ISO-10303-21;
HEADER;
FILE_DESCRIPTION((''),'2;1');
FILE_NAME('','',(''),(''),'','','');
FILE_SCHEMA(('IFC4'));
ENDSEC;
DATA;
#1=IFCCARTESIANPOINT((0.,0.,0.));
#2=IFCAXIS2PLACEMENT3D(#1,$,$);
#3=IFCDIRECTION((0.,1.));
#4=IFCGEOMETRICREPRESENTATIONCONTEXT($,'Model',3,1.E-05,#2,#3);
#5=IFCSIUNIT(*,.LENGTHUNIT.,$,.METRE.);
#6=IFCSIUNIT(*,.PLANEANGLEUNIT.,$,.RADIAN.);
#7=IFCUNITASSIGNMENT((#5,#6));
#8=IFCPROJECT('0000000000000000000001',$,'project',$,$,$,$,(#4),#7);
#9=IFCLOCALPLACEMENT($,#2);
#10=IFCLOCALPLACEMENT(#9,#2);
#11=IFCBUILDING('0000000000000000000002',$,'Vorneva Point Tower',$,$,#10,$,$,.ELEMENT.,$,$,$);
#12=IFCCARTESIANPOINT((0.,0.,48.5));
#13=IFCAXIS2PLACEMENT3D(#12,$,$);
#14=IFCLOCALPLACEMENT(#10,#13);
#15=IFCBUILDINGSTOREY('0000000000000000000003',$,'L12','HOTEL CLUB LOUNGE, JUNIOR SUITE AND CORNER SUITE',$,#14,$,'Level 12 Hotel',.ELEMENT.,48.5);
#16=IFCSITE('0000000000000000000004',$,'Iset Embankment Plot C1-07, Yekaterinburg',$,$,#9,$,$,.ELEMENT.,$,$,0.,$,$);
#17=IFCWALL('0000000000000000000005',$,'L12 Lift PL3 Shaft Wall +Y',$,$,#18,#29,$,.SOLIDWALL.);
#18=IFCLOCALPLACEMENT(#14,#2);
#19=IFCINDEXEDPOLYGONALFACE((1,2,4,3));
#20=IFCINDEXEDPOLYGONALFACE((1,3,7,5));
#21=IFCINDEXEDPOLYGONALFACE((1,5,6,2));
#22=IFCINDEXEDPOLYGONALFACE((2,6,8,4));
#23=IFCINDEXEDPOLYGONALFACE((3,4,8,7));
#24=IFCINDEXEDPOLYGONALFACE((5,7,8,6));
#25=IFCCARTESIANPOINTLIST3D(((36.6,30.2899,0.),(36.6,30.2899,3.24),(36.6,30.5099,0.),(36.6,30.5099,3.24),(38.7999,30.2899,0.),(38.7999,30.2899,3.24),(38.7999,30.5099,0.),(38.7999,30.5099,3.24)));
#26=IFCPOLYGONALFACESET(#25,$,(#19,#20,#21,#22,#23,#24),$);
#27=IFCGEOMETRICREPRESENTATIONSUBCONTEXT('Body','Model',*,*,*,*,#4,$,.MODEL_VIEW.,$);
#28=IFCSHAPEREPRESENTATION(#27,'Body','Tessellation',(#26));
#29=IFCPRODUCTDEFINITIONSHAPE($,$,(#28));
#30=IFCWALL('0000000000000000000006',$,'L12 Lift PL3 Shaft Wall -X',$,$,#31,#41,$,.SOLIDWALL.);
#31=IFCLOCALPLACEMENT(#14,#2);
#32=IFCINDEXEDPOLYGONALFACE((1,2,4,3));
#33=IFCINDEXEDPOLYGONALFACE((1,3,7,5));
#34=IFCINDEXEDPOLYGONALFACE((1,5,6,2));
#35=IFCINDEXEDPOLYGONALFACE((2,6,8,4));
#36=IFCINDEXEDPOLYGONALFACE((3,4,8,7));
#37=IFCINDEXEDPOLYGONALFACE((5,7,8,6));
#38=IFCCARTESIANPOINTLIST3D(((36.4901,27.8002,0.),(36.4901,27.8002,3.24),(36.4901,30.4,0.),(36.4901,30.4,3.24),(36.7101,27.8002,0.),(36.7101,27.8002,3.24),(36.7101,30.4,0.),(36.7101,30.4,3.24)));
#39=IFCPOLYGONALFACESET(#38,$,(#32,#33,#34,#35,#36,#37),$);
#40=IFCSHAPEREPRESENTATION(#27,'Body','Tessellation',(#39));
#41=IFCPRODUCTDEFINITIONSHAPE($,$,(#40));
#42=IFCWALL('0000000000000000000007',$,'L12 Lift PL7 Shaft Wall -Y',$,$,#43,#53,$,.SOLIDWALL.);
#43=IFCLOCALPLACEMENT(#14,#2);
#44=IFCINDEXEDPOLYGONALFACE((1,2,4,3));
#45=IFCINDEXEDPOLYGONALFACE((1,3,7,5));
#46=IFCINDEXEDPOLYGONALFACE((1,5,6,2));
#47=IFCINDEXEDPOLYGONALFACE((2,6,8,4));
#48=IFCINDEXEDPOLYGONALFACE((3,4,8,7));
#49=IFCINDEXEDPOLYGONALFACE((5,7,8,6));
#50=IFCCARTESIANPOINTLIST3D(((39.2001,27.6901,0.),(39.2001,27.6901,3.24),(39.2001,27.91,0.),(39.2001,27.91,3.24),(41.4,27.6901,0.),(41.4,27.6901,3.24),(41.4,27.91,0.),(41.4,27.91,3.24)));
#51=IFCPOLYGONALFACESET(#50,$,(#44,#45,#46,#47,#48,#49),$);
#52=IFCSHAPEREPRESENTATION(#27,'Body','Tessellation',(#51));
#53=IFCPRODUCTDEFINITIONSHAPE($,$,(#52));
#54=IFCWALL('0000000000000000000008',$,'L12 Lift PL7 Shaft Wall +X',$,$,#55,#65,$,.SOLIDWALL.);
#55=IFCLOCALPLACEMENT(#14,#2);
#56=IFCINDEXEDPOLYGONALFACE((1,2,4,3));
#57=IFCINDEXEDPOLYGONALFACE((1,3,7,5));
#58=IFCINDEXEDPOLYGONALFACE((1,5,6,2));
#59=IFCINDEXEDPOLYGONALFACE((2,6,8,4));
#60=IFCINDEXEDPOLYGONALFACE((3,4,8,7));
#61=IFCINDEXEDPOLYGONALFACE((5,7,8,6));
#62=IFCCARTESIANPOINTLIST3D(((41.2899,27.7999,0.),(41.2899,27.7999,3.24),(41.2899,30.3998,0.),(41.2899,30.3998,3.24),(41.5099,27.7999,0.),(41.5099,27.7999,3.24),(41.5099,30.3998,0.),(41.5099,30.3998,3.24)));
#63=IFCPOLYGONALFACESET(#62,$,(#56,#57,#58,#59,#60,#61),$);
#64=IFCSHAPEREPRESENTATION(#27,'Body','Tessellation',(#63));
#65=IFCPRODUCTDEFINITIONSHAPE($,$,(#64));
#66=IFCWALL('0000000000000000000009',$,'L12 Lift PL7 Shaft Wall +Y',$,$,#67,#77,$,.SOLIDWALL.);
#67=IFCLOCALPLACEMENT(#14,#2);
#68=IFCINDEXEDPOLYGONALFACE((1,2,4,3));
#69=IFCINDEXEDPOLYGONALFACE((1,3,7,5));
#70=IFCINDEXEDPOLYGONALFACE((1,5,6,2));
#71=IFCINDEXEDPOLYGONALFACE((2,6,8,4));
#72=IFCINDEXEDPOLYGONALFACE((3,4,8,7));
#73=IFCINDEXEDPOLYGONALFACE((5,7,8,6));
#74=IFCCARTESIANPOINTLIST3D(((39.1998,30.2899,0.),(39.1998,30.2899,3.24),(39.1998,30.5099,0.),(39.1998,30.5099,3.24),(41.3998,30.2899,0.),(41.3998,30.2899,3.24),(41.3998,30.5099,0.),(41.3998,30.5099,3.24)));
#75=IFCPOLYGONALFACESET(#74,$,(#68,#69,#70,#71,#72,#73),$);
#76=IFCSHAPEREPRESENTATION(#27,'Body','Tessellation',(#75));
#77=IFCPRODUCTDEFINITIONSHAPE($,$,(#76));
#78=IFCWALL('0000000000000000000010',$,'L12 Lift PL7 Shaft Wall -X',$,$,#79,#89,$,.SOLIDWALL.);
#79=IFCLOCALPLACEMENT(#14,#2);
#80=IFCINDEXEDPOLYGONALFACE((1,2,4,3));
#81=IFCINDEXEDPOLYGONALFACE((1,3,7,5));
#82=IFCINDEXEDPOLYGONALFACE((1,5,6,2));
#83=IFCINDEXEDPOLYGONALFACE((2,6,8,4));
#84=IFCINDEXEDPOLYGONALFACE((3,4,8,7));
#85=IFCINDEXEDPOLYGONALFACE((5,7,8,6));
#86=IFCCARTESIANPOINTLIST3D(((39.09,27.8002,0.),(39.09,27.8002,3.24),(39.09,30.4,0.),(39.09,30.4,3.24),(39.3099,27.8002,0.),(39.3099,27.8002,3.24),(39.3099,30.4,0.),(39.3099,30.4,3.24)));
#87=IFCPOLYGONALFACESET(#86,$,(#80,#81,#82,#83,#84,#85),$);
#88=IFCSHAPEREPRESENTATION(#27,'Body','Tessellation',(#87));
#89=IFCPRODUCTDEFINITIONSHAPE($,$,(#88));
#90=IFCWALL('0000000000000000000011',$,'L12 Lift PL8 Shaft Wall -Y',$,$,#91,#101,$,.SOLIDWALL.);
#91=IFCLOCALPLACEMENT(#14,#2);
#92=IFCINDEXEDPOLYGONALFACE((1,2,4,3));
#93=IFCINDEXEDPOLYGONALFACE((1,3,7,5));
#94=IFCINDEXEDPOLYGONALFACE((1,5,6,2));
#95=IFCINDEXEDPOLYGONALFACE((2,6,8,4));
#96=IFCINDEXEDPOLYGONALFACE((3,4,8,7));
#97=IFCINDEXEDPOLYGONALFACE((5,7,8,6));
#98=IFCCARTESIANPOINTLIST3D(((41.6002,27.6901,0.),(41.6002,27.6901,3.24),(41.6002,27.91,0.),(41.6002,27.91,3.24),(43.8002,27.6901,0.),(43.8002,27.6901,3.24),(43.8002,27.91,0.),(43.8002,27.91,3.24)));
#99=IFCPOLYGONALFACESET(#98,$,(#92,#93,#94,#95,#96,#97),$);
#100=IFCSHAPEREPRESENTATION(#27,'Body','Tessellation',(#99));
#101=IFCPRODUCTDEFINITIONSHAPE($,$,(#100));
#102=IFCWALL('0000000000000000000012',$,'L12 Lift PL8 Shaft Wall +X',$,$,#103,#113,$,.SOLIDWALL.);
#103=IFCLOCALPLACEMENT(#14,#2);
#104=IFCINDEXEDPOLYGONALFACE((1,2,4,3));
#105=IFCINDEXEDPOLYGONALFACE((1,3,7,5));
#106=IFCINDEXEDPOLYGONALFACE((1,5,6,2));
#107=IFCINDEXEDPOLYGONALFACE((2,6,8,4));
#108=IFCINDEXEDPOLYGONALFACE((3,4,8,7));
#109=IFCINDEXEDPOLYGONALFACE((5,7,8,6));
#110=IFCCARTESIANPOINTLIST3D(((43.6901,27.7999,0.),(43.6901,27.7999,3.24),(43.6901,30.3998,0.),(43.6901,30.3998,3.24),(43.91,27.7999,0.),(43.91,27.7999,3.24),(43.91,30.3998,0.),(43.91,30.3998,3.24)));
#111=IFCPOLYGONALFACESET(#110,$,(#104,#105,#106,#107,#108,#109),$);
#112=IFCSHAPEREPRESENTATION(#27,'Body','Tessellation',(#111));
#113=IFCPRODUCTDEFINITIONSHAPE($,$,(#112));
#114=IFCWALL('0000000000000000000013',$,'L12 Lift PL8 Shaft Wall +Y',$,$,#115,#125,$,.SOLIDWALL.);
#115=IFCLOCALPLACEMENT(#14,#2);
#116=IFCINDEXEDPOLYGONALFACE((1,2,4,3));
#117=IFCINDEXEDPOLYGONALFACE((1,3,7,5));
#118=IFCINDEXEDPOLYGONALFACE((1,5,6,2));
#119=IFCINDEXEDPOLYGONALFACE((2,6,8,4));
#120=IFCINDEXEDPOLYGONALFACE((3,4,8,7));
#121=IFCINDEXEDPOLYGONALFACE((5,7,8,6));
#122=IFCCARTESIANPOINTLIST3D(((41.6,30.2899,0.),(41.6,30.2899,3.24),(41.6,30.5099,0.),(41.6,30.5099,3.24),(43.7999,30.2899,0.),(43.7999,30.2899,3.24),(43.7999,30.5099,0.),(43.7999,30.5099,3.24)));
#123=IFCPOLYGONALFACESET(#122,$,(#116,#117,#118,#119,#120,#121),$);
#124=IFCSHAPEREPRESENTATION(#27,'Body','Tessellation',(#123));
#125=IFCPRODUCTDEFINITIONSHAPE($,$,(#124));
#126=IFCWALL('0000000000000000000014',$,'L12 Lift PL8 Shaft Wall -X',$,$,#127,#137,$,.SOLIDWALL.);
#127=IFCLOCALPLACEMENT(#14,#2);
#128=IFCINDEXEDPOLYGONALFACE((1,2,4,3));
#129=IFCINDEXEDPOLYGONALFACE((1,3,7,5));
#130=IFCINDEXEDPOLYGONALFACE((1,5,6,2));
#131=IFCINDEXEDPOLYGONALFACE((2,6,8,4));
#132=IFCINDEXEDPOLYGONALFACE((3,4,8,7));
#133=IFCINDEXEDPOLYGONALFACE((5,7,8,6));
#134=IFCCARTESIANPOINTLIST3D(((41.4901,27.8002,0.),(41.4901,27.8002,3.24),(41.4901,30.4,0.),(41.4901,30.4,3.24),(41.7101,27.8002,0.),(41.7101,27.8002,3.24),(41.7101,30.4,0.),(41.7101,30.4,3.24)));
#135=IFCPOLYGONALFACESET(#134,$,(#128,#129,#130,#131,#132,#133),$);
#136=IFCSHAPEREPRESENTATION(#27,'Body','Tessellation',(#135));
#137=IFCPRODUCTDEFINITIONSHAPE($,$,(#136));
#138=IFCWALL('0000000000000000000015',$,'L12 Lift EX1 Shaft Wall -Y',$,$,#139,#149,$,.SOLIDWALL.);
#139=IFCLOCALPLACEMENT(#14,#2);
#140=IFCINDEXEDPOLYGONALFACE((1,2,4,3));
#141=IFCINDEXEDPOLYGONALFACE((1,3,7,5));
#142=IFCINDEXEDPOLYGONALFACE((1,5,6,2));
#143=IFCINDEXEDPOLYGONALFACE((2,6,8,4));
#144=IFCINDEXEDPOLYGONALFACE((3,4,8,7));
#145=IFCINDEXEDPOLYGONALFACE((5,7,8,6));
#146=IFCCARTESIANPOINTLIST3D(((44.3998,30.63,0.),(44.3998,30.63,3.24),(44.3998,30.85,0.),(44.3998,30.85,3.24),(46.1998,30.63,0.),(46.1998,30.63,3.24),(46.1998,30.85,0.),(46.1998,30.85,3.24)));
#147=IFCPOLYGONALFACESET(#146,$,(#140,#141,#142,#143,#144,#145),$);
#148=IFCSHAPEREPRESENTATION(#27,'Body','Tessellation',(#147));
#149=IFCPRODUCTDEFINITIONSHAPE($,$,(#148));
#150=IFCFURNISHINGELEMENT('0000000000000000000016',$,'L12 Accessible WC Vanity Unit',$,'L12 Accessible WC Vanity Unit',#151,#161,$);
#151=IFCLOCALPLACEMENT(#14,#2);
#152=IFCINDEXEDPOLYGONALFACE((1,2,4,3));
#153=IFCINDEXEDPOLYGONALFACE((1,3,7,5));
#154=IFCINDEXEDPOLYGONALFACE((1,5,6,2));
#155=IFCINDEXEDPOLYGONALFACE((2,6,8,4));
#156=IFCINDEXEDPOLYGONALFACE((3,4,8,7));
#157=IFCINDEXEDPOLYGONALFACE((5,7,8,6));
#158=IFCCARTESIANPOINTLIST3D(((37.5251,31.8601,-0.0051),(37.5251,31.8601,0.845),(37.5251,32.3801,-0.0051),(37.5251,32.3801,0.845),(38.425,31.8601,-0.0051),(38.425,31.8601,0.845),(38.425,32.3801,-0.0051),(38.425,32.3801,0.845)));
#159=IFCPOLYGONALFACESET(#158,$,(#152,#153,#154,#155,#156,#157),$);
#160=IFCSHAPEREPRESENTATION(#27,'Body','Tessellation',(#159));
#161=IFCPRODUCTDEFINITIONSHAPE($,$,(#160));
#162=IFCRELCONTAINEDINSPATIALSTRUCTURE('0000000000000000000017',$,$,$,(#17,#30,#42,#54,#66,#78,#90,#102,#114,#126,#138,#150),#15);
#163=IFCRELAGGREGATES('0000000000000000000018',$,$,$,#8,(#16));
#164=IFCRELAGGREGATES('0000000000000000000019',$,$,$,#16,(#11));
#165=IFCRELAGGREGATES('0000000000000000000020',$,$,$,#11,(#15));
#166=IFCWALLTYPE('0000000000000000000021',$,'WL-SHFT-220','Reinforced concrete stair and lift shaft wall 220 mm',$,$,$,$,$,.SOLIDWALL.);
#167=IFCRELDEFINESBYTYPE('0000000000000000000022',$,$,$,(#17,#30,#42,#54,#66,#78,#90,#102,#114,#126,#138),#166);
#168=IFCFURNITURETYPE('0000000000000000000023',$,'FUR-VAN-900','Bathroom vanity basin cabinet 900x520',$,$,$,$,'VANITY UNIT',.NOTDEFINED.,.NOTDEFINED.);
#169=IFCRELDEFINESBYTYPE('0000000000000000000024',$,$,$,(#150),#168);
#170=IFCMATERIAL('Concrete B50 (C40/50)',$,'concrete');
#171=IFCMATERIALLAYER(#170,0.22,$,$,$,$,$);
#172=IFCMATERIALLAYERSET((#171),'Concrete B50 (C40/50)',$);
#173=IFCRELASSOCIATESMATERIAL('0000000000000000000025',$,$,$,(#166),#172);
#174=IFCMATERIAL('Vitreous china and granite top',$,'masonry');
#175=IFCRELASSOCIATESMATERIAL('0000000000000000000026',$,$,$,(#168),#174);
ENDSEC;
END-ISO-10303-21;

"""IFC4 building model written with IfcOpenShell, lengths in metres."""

from ifc_helpers import new_model, si_unit, direction, frame, frame_2d, origin, origin_2d, place, context, subcontext, project, spatial, rectangle, extrude, material, layer, layer_set, type_object, element, save


model = new_model("IFC4")

# Units and contexts
model_context = context("Model", 3, precision=1e-05, world=origin(), true_north=direction((0.0, 1.0)))
body_context = subcontext(model_context, "Body", "Model", "MODEL_VIEW")
ifc_project = project(units=[si_unit("LENGTHUNIT", "METRE"), si_unit("PLANEANGLEUNIT", "RADIAN")], contexts=[model_context])

# Site, building, storey
site_placement = place(None, origin())
site = spatial("IfcSite", under=ifc_project, at=site_placement, Name="Iset Embankment Plot C1-07, Yekaterinburg", CompositionType="ELEMENT", RefElevation=0.0)
building_placement = place(site_placement, origin())
building = spatial("IfcBuilding", under=site, at=building_placement, Name="Vorneva Point Tower", CompositionType="ELEMENT")
storey_placement = place(building_placement, frame((0.0, 0.0, 48.5)))
storey = spatial("IfcBuildingStorey", under=building, at=storey_placement, Name="L12", Description="HOTEL CLUB LOUNGE, JUNIOR SUITE AND CORNER SUITE", LongName="Level 12 Hotel", CompositionType="ELEMENT", Elevation=48.5)

# Shared definitions
ifc_material_1 = material(Name="Concrete B50 (C40/50)", Category="concrete")
ifc_layer_1 = layer(ifc_material_1, 0.22)
ifc_layer_set_1 = layer_set([ifc_layer_1], Name="Concrete B50 (C40/50)")
wall_type_1 = type_object("IfcWallType", Name="WL-SHFT-220", Description="Reinforced concrete stair and lift shaft wall 220 mm", PredefinedType="SOLIDWALL", material=ifc_layer_set_1)

# Walls
wall_1_placement = place(storey_placement, frame((38.8, 30.3999, 0.0), z_axis=(0.0, 0.0, 1.0), x_axis=(-1.0, 0.0, 0.0)))
element("IfcWall", 1, at=wall_1_placement, inside=storey, type_object=wall_type_1, Name="L12 Lift PL3 Shaft Wall +Y", PredefinedType="SOLIDWALL", context=body_context, shape_type="SweptSolid", body=[
    extrude(rectangle(XDim=2.2, YDim=0.22, at=frame_2d((1.1001, 0.0))), origin(), (0.0, 0.0, 1.0), 3.24),
])
wall_2_placement = place(storey_placement, frame((36.6001, 30.3999, 0.0), z_axis=(0.0, 0.0, 1.0), x_axis=(0.0, -1.0, 0.0)))
element("IfcWall", 2, at=wall_2_placement, inside=storey, type_object=wall_type_1, Name="L12 Lift PL3 Shaft Wall -X", PredefinedType="SOLIDWALL", context=body_context, shape_type="SweptSolid", body=[
    extrude(rectangle(XDim=2.5999, YDim=0.22, at=frame_2d((1.2998, 0.0))), origin(), (0.0, 0.0, 1.0), 3.24),
])
wall_3_placement = place(storey_placement, frame((39.2, 27.8, 0.0), z_axis=(0.0, 0.0, 1.0), x_axis=(1.0, 0.0, 0.0)))
element("IfcWall", 3, at=wall_3_placement, inside=storey, type_object=wall_type_1, Name="L12 Lift PL7 Shaft Wall -Y", PredefinedType="SOLIDWALL", context=body_context, shape_type="SweptSolid", body=[
    extrude(rectangle(XDim=2.2, YDim=0.22, at=frame_2d((1.1001, 0.0))), origin(), (0.0, 0.0, 1.0), 3.24),
])
wall_4_placement = place(storey_placement, frame((41.3999, 27.8, 0.0), z_axis=(0.0, 0.0, 1.0), x_axis=(0.0, 1.0, 0.0)))
element("IfcWall", 4, at=wall_4_placement, inside=storey, type_object=wall_type_1, Name="L12 Lift PL7 Shaft Wall +X", PredefinedType="SOLIDWALL", context=body_context, shape_type="SweptSolid", body=[
    extrude(rectangle(XDim=2.5999, YDim=0.22, at=frame_2d((1.2998, 0.0))), origin(), (0.0, 0.0, 1.0), 3.24),
])
wall_5_placement = place(storey_placement, frame((41.3999, 30.3999, 0.0), z_axis=(0.0, 0.0, 1.0), x_axis=(-1.0, 0.0, 0.0)))
element("IfcWall", 5, at=wall_5_placement, inside=storey, type_object=wall_type_1, Name="L12 Lift PL7 Shaft Wall +Y", PredefinedType="SOLIDWALL", context=body_context, shape_type="SweptSolid", body=[
    extrude(rectangle(XDim=2.2, YDim=0.22, at=frame_2d((1.1001, 0.0))), origin(), (0.0, 0.0, 1.0), 3.24),
])
wall_6_placement = place(storey_placement, frame((39.2, 30.3999, 0.0), z_axis=(0.0, 0.0, 1.0), x_axis=(0.0, -1.0, 0.0)))
element("IfcWall", 6, at=wall_6_placement, inside=storey, type_object=wall_type_1, Name="L12 Lift PL7 Shaft Wall -X", PredefinedType="SOLIDWALL", context=body_context, shape_type="SweptSolid", body=[
    extrude(rectangle(XDim=2.5999, YDim=0.22, at=frame_2d((1.2998, 0.0))), origin(), (0.0, 0.0, 1.0), 3.24),
])
wall_7_placement = place(storey_placement, frame((41.6001, 27.8, 0.0), z_axis=(0.0, 0.0, 1.0), x_axis=(1.0, 0.0, 0.0)))
element("IfcWall", 7, at=wall_7_placement, inside=storey, type_object=wall_type_1, Name="L12 Lift PL8 Shaft Wall -Y", PredefinedType="SOLIDWALL", context=body_context, shape_type="SweptSolid", body=[
    extrude(rectangle(XDim=2.2, YDim=0.22, at=frame_2d((1.1001, 0.0))), origin(), (0.0, 0.0, 1.0), 3.24),
])
wall_8_placement = place(storey_placement, frame((43.8, 27.8, 0.0), z_axis=(0.0, 0.0, 1.0), x_axis=(0.0, 1.0, 0.0)))
element("IfcWall", 8, at=wall_8_placement, inside=storey, type_object=wall_type_1, Name="L12 Lift PL8 Shaft Wall +X", PredefinedType="SOLIDWALL", context=body_context, shape_type="SweptSolid", body=[
    extrude(rectangle(XDim=2.5999, YDim=0.22, at=frame_2d((1.2998, 0.0))), origin(), (0.0, 0.0, 1.0), 3.24),
])
wall_9_placement = place(storey_placement, frame((43.8, 30.3999, 0.0), z_axis=(0.0, 0.0, 1.0), x_axis=(-1.0, 0.0, 0.0)))
element("IfcWall", 9, at=wall_9_placement, inside=storey, type_object=wall_type_1, Name="L12 Lift PL8 Shaft Wall +Y", PredefinedType="SOLIDWALL", context=body_context, shape_type="SweptSolid", body=[
    extrude(rectangle(XDim=2.2, YDim=0.22, at=frame_2d((1.1001, 0.0))), origin(), (0.0, 0.0, 1.0), 3.24),
])
wall_10_placement = place(storey_placement, frame((41.6001, 30.3999, 0.0), z_axis=(0.0, 0.0, 1.0), x_axis=(0.0, -1.0, 0.0)))
element("IfcWall", 10, at=wall_10_placement, inside=storey, type_object=wall_type_1, Name="L12 Lift PL8 Shaft Wall -X", PredefinedType="SOLIDWALL", context=body_context, shape_type="SweptSolid", body=[
    extrude(rectangle(XDim=2.5999, YDim=0.22, at=frame_2d((1.2998, 0.0))), origin(), (0.0, 0.0, 1.0), 3.24),
])
wall_11_placement = place(storey_placement, frame((44.3999, 30.74, 0.0), z_axis=(0.0, 0.0, 1.0), x_axis=(1.0, 0.0, 0.0)))
element("IfcWall", 11, at=wall_11_placement, inside=storey, type_object=wall_type_1, Name="L12 Lift EX1 Shaft Wall -Y", PredefinedType="SOLIDWALL", context=body_context, shape_type="SweptSolid", body=[
    extrude(rectangle(XDim=1.8, YDim=0.22, at=frame_2d((0.8999, 0.0))), origin(), (0.0, 0.0, 1.0), 3.24),
])

# Furnishing element
ifc_material_2 = material(Name="Vitreous china and granite top", Category="masonry")
furniture_type = type_object("IfcFurnitureType", Name="FUR-VAN-900", Description="Bathroom vanity basin cabinet 900x520", ElementType="VANITY UNIT", AssemblyPlace="NOTDEFINED", PredefinedType="NOTDEFINED", material=ifc_material_2)
furnishing_placement = place(storey_placement, frame((37.9751, 32.1201, -0.0051), z_axis=(0.0, 0.0, 1.0), x_axis=(1.0, 0.0, 0.0)))
element("IfcFurnishingElement", 12, at=furnishing_placement, inside=storey, type_object=furniture_type, Name="L12 Accessible WC Vanity Unit", ObjectType="L12 Accessible WC Vanity Unit", context=body_context, shape_type="SweptSolid", body=[
    extrude(rectangle(XDim=0.8999, YDim=0.52, at=origin_2d()), origin(), (0.0, 0.0, 1.0), 0.8501),
])

save(model, "model.ifc")
